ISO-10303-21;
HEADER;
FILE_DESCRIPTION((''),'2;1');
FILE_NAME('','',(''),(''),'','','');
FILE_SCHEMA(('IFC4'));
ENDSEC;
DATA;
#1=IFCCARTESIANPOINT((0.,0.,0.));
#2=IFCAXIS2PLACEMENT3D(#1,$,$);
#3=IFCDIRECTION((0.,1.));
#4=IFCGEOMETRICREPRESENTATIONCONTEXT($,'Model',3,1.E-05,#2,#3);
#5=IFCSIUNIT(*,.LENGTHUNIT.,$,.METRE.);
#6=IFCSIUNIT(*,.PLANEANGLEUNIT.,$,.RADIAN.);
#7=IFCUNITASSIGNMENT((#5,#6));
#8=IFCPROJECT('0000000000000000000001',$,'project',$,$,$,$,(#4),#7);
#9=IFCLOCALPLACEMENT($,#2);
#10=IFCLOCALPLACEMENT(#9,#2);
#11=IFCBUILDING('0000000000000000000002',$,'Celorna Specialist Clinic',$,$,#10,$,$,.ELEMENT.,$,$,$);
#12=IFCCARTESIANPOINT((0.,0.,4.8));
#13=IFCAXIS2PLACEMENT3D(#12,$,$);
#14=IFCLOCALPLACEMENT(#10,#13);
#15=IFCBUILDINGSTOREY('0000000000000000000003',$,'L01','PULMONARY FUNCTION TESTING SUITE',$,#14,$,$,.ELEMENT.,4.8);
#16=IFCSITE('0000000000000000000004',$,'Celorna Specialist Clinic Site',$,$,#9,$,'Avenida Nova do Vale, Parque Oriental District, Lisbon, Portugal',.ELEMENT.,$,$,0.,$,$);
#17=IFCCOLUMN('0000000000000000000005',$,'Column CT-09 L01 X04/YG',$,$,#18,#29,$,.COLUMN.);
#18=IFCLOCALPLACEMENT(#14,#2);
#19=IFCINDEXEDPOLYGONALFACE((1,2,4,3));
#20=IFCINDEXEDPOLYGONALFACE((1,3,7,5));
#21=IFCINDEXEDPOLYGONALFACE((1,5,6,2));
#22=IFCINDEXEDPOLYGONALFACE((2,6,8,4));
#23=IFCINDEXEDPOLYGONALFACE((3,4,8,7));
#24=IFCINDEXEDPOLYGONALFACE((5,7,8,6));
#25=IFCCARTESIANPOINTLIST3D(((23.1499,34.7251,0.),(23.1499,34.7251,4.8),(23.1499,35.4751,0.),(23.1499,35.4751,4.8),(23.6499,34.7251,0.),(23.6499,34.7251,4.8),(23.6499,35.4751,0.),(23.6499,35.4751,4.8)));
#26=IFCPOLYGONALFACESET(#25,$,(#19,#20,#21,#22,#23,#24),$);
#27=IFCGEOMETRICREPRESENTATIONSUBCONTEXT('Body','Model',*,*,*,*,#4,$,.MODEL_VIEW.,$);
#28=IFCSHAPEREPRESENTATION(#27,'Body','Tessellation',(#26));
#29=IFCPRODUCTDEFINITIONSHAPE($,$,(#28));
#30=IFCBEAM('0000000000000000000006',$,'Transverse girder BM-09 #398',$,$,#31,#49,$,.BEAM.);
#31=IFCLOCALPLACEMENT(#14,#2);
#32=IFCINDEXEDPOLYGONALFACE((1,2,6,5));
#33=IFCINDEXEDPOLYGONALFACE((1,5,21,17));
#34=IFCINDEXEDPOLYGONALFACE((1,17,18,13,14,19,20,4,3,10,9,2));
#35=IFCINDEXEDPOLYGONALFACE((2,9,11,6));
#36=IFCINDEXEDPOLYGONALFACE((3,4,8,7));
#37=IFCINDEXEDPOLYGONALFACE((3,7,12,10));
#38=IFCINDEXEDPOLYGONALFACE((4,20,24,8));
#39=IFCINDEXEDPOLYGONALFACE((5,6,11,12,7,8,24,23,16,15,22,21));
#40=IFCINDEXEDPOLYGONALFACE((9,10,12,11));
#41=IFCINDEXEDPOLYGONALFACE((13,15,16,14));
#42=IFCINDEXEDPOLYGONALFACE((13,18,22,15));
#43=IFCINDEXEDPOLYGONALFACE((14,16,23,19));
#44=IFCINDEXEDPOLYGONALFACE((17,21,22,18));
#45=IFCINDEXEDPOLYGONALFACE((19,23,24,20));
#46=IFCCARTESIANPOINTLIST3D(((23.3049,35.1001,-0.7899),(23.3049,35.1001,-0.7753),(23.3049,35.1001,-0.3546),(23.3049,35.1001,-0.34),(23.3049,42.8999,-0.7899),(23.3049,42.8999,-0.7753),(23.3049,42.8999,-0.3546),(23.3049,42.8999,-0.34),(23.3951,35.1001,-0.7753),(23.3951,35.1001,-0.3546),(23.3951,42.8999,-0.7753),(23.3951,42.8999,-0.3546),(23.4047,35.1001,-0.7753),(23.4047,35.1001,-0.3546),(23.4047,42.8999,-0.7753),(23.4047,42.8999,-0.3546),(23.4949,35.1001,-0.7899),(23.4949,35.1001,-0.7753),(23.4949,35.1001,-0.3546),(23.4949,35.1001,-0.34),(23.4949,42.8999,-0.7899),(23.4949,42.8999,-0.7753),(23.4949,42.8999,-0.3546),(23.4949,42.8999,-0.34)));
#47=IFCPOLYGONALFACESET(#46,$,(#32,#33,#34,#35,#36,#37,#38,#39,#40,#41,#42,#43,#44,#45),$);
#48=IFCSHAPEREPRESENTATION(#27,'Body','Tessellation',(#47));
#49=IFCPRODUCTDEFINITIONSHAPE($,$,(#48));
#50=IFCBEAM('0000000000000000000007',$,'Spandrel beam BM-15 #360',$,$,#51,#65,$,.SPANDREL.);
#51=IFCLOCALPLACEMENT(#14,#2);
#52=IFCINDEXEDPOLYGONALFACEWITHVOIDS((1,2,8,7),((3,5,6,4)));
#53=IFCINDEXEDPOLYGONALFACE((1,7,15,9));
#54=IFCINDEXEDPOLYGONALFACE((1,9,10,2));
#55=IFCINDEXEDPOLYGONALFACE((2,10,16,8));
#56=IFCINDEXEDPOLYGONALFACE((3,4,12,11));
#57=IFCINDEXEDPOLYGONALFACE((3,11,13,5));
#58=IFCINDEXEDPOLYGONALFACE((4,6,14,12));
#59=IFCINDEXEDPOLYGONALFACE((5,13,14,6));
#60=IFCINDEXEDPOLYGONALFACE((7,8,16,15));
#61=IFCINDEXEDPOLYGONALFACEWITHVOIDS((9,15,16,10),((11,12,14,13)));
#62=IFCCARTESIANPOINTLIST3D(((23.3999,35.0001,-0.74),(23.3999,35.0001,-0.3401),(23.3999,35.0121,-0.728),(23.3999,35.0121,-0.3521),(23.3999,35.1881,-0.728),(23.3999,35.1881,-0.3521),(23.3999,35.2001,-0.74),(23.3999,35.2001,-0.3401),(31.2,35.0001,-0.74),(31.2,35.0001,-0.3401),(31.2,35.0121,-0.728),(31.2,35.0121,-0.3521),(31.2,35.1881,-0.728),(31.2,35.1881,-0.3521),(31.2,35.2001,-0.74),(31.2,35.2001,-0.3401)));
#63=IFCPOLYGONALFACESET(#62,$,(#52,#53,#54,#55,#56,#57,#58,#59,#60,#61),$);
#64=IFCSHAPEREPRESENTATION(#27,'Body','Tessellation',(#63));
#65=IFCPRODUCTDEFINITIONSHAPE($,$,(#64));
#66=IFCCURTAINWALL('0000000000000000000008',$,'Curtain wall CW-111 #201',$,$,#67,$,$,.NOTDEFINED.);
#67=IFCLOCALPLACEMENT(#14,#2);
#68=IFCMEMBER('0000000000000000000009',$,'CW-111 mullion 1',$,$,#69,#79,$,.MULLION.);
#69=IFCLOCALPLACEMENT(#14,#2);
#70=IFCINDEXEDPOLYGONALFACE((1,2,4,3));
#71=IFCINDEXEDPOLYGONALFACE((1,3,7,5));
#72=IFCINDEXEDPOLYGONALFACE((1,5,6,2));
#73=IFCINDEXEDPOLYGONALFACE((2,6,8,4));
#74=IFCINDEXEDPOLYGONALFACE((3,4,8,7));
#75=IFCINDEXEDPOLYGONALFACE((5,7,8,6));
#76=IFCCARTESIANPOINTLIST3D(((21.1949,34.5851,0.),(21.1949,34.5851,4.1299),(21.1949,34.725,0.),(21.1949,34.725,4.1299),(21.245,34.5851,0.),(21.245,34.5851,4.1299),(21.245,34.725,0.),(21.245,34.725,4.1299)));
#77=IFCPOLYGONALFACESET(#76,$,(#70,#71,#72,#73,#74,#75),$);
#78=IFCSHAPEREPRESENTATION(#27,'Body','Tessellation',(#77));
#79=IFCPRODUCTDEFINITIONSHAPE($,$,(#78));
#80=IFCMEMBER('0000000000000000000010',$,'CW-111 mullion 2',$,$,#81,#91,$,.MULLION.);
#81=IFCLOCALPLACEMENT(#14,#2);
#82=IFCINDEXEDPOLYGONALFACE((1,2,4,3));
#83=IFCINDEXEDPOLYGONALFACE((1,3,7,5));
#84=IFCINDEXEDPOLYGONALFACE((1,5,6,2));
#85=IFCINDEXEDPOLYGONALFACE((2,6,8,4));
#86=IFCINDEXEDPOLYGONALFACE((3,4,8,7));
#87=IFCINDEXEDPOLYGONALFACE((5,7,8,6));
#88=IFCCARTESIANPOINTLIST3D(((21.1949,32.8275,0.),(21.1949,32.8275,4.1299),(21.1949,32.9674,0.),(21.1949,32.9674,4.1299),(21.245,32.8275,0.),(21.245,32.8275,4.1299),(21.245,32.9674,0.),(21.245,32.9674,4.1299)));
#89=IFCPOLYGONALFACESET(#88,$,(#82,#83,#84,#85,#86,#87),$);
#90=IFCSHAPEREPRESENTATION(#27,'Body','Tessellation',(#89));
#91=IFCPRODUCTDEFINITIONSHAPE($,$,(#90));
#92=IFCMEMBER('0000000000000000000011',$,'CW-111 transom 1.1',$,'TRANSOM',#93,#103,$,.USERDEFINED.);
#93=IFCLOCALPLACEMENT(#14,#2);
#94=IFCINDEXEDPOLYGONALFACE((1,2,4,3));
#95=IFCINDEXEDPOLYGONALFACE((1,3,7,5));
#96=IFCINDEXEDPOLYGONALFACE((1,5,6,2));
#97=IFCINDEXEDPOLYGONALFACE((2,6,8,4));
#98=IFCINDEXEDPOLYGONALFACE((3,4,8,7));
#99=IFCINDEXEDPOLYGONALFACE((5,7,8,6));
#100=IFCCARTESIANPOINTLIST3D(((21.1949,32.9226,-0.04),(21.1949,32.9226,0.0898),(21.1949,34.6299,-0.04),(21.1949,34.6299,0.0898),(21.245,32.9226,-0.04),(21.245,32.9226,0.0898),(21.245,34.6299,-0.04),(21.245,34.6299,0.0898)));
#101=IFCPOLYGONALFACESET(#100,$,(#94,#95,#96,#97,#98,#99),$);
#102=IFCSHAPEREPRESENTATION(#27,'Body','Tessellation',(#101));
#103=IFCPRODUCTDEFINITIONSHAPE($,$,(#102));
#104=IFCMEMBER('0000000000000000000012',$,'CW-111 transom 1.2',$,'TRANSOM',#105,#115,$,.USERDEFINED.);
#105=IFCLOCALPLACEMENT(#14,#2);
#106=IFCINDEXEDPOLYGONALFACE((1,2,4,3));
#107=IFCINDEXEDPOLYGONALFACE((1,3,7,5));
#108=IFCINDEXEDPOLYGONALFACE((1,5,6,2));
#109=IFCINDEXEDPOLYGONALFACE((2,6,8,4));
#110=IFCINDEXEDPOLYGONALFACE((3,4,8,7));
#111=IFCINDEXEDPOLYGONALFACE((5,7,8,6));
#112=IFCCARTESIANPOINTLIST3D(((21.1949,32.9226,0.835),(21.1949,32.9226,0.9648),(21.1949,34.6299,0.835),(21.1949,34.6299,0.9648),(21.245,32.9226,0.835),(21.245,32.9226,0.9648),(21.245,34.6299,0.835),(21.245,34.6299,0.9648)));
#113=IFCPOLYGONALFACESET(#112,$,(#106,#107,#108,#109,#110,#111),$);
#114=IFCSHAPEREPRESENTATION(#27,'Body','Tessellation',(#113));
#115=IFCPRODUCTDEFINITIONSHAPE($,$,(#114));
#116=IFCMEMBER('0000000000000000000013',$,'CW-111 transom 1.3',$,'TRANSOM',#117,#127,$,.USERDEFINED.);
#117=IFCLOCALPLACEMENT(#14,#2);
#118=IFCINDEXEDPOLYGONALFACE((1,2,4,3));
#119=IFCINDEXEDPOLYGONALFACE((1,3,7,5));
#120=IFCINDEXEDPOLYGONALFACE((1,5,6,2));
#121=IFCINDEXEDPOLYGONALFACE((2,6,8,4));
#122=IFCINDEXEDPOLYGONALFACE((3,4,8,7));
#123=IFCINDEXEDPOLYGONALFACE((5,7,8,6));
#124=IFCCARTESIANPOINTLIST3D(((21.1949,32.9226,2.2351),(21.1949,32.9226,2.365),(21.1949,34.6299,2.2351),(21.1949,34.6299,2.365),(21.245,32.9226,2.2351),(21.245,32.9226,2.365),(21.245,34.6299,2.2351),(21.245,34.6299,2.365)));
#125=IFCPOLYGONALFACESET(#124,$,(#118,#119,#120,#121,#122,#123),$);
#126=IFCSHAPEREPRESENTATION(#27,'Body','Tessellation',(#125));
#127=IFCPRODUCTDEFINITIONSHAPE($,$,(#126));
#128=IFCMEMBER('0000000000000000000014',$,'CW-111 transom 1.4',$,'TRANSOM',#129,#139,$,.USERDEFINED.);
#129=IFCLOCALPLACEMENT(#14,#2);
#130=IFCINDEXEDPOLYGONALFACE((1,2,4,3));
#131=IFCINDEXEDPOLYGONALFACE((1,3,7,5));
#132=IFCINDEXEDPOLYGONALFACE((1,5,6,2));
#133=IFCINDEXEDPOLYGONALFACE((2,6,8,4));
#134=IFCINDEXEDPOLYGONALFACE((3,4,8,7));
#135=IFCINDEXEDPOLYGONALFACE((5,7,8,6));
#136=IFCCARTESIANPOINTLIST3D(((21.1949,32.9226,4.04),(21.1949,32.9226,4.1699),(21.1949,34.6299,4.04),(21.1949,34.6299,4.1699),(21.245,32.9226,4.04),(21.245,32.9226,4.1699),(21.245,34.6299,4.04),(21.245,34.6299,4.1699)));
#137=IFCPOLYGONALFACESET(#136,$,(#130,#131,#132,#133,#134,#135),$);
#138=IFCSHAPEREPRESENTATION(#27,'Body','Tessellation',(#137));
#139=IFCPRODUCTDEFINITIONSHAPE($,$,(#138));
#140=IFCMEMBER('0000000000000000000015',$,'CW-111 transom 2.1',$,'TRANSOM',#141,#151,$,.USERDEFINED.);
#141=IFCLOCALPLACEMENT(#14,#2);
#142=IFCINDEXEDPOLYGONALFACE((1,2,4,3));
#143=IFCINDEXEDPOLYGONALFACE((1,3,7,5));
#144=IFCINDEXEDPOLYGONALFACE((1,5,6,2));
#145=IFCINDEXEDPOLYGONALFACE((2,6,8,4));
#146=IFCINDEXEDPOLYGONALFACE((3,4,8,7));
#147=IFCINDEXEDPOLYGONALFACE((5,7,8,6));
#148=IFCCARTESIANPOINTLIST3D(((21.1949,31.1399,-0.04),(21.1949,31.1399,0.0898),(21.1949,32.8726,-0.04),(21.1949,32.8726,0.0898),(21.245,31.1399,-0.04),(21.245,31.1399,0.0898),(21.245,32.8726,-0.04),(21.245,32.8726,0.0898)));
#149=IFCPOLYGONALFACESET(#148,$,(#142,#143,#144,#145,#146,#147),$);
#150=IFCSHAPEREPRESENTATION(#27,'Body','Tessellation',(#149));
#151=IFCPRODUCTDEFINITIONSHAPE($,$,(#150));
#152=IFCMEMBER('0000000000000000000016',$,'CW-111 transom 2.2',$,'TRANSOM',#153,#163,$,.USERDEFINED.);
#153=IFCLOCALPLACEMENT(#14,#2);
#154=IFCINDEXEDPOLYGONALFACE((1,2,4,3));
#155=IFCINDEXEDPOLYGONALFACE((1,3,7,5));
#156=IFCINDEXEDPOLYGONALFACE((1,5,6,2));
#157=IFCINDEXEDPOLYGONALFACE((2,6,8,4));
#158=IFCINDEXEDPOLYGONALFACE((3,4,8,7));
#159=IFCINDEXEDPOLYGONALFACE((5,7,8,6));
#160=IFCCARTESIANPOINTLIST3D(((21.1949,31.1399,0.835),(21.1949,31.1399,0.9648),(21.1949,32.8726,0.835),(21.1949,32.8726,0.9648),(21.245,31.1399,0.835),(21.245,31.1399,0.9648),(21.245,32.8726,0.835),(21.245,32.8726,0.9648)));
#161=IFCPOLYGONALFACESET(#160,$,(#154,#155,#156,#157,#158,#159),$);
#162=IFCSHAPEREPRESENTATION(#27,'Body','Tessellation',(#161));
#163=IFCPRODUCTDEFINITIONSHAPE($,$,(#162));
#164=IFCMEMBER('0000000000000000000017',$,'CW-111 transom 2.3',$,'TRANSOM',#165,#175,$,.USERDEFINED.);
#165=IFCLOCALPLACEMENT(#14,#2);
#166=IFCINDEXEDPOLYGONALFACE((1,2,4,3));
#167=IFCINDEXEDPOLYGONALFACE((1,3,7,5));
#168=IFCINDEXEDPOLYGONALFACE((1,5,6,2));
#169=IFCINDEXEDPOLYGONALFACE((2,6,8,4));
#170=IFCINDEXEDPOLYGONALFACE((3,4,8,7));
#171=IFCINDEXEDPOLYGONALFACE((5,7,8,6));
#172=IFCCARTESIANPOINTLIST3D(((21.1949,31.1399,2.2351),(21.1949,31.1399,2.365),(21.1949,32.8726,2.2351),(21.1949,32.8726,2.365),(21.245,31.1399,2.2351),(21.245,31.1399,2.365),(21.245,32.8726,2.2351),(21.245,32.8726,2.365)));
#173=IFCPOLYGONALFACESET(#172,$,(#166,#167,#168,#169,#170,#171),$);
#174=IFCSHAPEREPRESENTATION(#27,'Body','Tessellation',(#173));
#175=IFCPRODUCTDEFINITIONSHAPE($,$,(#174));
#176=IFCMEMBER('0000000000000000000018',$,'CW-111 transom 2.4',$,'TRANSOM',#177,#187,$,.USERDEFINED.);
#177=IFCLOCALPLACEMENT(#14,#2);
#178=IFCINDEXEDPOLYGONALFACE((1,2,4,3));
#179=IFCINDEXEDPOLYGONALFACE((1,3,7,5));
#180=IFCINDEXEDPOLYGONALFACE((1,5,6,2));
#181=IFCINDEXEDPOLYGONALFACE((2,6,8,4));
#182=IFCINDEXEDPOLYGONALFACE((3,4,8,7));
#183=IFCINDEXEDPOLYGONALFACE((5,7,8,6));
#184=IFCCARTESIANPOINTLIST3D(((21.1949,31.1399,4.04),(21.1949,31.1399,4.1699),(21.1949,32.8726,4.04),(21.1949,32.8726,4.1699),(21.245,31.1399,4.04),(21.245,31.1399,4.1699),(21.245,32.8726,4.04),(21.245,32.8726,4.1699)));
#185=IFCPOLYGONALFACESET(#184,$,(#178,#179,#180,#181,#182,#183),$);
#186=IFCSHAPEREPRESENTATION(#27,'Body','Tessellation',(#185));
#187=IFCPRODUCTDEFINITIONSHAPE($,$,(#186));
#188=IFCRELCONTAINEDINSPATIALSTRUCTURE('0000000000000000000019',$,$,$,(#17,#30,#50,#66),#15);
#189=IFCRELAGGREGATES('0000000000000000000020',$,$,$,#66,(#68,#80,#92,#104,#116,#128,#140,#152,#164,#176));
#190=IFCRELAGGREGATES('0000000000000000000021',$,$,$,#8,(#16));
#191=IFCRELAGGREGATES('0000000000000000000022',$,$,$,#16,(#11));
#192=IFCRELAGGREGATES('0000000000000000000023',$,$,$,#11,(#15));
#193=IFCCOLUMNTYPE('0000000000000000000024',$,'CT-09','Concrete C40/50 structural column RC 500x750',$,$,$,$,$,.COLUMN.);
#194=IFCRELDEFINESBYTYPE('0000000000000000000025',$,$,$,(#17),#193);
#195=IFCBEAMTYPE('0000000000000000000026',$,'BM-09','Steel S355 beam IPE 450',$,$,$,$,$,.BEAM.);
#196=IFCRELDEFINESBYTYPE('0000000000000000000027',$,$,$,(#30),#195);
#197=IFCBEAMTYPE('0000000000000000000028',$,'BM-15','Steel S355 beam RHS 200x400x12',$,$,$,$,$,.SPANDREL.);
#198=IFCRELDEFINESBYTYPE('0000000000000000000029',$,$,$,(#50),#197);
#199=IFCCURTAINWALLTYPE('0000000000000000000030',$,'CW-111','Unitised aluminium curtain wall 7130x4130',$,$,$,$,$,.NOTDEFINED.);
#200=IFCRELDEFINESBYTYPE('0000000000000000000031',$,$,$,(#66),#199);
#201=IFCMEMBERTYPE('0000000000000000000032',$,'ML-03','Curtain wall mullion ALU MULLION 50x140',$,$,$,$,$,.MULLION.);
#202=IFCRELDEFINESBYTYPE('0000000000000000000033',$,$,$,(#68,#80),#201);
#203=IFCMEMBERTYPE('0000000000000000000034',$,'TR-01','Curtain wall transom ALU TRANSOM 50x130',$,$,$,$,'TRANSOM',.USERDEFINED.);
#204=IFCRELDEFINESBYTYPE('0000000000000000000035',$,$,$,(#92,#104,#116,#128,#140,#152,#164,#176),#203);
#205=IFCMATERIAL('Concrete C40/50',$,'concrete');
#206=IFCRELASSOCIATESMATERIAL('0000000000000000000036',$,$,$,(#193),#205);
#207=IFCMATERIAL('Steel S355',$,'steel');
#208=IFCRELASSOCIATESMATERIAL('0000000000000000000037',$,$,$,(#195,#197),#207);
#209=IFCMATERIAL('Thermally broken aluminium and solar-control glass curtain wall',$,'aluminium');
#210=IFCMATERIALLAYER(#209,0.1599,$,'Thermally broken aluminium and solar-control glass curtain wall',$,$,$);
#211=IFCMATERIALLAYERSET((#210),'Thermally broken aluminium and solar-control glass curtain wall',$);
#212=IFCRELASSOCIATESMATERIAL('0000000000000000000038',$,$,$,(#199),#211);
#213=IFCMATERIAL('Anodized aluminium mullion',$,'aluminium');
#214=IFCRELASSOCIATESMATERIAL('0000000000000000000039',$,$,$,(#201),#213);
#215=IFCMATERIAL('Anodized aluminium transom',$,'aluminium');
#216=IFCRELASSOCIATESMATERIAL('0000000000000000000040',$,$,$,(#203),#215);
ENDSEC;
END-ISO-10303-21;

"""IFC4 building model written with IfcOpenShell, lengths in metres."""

from ifc_helpers import new_model, si_unit, direction, frame, origin, origin_2d, place, context, subcontext, project, spatial, rectangle, hollow_rectangle, i_section, extrude, material, layer, layer_set, material_profile, profile_set, type_object, element, aggregate, save


model = new_model("IFC4")

# Units and contexts
model_context = context("Model", 3, precision=1e-05, world=origin(), true_north=direction((0.0, 1.0)))
body_context = subcontext(model_context, "Body", "Model", "MODEL_VIEW")
ifc_project = project(units=[si_unit("LENGTHUNIT", "METRE"), si_unit("PLANEANGLEUNIT", "RADIAN")], contexts=[model_context])

# Site, building, storey
site_placement = place(None, origin())
site = spatial("IfcSite", under=ifc_project, at=site_placement, Name="Celorna Specialist Clinic Site", LongName="Avenida Nova do Vale, Parque Oriental District, Lisbon, Portugal", CompositionType="ELEMENT", RefElevation=0.0)
building_placement = place(site_placement, origin())
building = spatial("IfcBuilding", under=site, at=building_placement, Name="Celorna Specialist Clinic", CompositionType="ELEMENT")
storey_placement = place(building_placement, frame((0.0, 0.0, 4.8)))
storey = spatial("IfcBuildingStorey", under=building, at=storey_placement, Name="L01", Description="PULMONARY FUNCTION TESTING SUITE", CompositionType="ELEMENT", Elevation=4.8)

# Column
ifc_material_1 = material(Name="Concrete C40/50", Category="concrete")
ifc_material_profile_1 = material_profile(ifc_material_1, rectangle(XDim=0.5, YDim=0.75, at=origin_2d()), Name="RC 500x750")
ifc_profile_set_1 = profile_set([ifc_material_profile_1], Name="Concrete C40/50")
column_type = type_object("IfcColumnType", Name="CT-09", Description="Concrete C40/50 structural column RC 500x750", PredefinedType="COLUMN", material=ifc_profile_set_1)
column_placement = place(storey_placement, frame((23.3999, 35.1001, 0.0), z_axis=(0.0, 0.0, 1.0), x_axis=(1.0, 0.0, 0.0)))
element("IfcColumn", 1, at=column_placement, inside=storey, type_object=column_type, Name="Column CT-09 L01 X04/YG", PredefinedType="COLUMN", context=body_context, shape_type="SweptSolid", body=[
    extrude(rectangle(XDim=0.5, YDim=0.75, at=origin_2d()), origin(), (0.0, 0.0, 1.0), 4.8),
])

# Beams
ifc_material_2 = material(Name="Steel S355", Category="steel")
ifc_material_profile_2 = material_profile(ifc_material_2, i_section(OverallWidth=0.1899, OverallDepth=0.45, WebThickness=0.0095, FlangeThickness=0.0146, at=origin_2d()), Name="IPE 450")
ifc_profile_set_2 = profile_set([ifc_material_profile_2], Name="Steel S355")
beam_type_1 = type_object("IfcBeamType", Name="BM-09", Description="Steel S355 beam IPE 450", PredefinedType="BEAM", material=ifc_profile_set_2)
beam_1_placement = place(storey_placement, frame((23.3999, 35.1001, -0.5649), z_axis=(0.0, 1.0, 0.0), x_axis=(-1.0, 0.0, 0.0)))
element("IfcBeam", 2, at=beam_1_placement, inside=storey, type_object=beam_type_1, Name="Transverse girder BM-09 #398", PredefinedType="BEAM", context=body_context, shape_type="SweptSolid", body=[
    extrude(i_section(OverallWidth=0.1899, OverallDepth=0.45, WebThickness=0.0095, FlangeThickness=0.0146, at=origin_2d()), origin(), (0.0, 0.0, 1.0), 7.7998),
])
ifc_material_profile_3 = material_profile(ifc_material_2, hollow_rectangle(XDim=0.2, YDim=0.3999, WallThickness=0.012, at=origin_2d()), Name="RHS 200x400x12")
ifc_profile_set_3 = profile_set([ifc_material_profile_3], Name="Steel S355")
beam_type_2 = type_object("IfcBeamType", Name="BM-15", Description="Steel S355 beam RHS 200x400x12", PredefinedType="SPANDREL", material=ifc_profile_set_3)
beam_2_placement = place(storey_placement, frame((23.3999, 35.1001, -0.54), z_axis=(1.0, 0.0, 0.0), x_axis=(0.0, 1.0, 0.0)))
element("IfcBeam", 3, at=beam_2_placement, inside=storey, type_object=beam_type_2, Name="Spandrel beam BM-15 #360", PredefinedType="SPANDREL", context=body_context, shape_type="SweptSolid", body=[
    extrude(hollow_rectangle(XDim=0.2, YDim=0.3999, WallThickness=0.012, at=origin_2d()), origin(), (0.0, 0.0, 1.0), 7.8),
])

# Curtain wall, members
ifc_material_3 = material(Name="Thermally broken aluminium and solar-control glass curtain wall", Category="aluminium")
ifc_layer_1 = layer(ifc_material_3, 0.1599, Name="Thermally broken aluminium and solar-control glass curtain wall")
ifc_layer_set_1 = layer_set([ifc_layer_1], Name="Thermally broken aluminium and solar-control glass curtain wall")
curtain_wall_type = type_object("IfcCurtainWallType", Name="CW-111", Description="Unitised aluminium curtain wall 7130x4130", PredefinedType="NOTDEFINED", material=ifc_layer_set_1)
curtain_wall_placement = place(storey_placement, origin())
curtain_wall = element("IfcCurtainWall", 4, at=curtain_wall_placement, inside=storey, type_object=curtain_wall_type, Name="Curtain wall CW-111 #201", PredefinedType="NOTDEFINED")
ifc_material_4 = material(Name="Anodized aluminium mullion", Category="aluminium")
ifc_material_profile_4 = material_profile(ifc_material_4, rectangle(XDim=0.05, YDim=0.1399, at=origin_2d()), Name="ALU MULLION 50x140")
ifc_profile_set_4 = profile_set([ifc_material_profile_4], Name="Anodized aluminium mullion")
member_type_1 = type_object("IfcMemberType", Name="ML-03", Description="Curtain wall mullion ALU MULLION 50x140", PredefinedType="MULLION", material=ifc_profile_set_4)
member_1_placement = place(storey_placement, frame((21.22, 34.655, 0.0), z_axis=(0.0, 0.0, 1.0), x_axis=(1.0, 0.0, 0.0)))
member_1 = element("IfcMember", 5, at=member_1_placement, type_object=member_type_1, Name="CW-111 mullion 1", PredefinedType="MULLION", context=body_context, shape_type="SweptSolid", body=[
    extrude(rectangle(XDim=0.05, YDim=0.1399, at=origin_2d()), origin(), (0.0, 0.0, 1.0), 4.1299),
])
member_2_placement = place(storey_placement, frame((21.22, 32.8975, 0.0), z_axis=(0.0, 0.0, 1.0), x_axis=(1.0, 0.0, 0.0)))
member_2 = element("IfcMember", 6, at=member_2_placement, type_object=member_type_1, Name="CW-111 mullion 2", PredefinedType="MULLION", context=body_context, shape_type="SweptSolid", body=[
    extrude(rectangle(XDim=0.05, YDim=0.1399, at=origin_2d()), origin(), (0.0, 0.0, 1.0), 4.1299),
])
ifc_material_5 = material(Name="Anodized aluminium transom", Category="aluminium")
ifc_material_profile_5 = material_profile(ifc_material_5, rectangle(XDim=0.05, YDim=0.1299, at=origin_2d()), Name="ALU TRANSOM 50x130")
ifc_profile_set_5 = profile_set([ifc_material_profile_5], Name="Anodized aluminium transom")
member_type_2 = type_object("IfcMemberType", Name="TR-01", Description="Curtain wall transom ALU TRANSOM 50x130", ElementType="TRANSOM", PredefinedType="USERDEFINED", material=ifc_profile_set_5)
member_3_placement = place(storey_placement, frame((21.22, 34.6299, 0.0249), z_axis=(0.0, -1.0, 0.0), x_axis=(1.0, 0.0, 0.0)))
member_3 = element("IfcMember", 7, at=member_3_placement, type_object=member_type_2, Name="CW-111 transom 1.1", ObjectType="TRANSOM", PredefinedType="USERDEFINED", context=body_context, shape_type="SweptSolid", body=[
    extrude(rectangle(XDim=0.05, YDim=0.1299, at=origin_2d()), origin(), (0.0, 0.0, 1.0), 1.7073),
])
member_4_placement = place(storey_placement, frame((21.22, 34.6299, 0.8999), z_axis=(0.0, -1.0, 0.0), x_axis=(1.0, 0.0, 0.0)))
member_4 = element("IfcMember", 8, at=member_4_placement, type_object=member_type_2, Name="CW-111 transom 1.2", ObjectType="TRANSOM", PredefinedType="USERDEFINED", context=body_context, shape_type="SweptSolid", body=[
    extrude(rectangle(XDim=0.05, YDim=0.1299, at=origin_2d()), origin(), (0.0, 0.0, 1.0), 1.7073),
])
member_5_placement = place(storey_placement, frame((21.22, 34.6299, 2.3), z_axis=(0.0, -1.0, 0.0), x_axis=(1.0, 0.0, 0.0)))
member_5 = element("IfcMember", 9, at=member_5_placement, type_object=member_type_2, Name="CW-111 transom 1.3", ObjectType="TRANSOM", PredefinedType="USERDEFINED", context=body_context, shape_type="SweptSolid", body=[
    extrude(rectangle(XDim=0.05, YDim=0.1299, at=origin_2d()), origin(), (0.0, 0.0, 1.0), 1.7073),
])
member_6_placement = place(storey_placement, frame((21.22, 34.6299, 4.105), z_axis=(0.0, -1.0, 0.0), x_axis=(1.0, 0.0, 0.0)))
member_6 = element("IfcMember", 10, at=member_6_placement, type_object=member_type_2, Name="CW-111 transom 1.4", ObjectType="TRANSOM", PredefinedType="USERDEFINED", context=body_context, shape_type="SweptSolid", body=[
    extrude(rectangle(XDim=0.05, YDim=0.1299, at=origin_2d()), origin(), (0.0, 0.0, 1.0), 1.7073),
])
member_7_placement = place(storey_placement, frame((21.22, 32.8726, 0.0249), z_axis=(0.0, -1.0, 0.0), x_axis=(1.0, 0.0, 0.0)))
member_7 = element("IfcMember", 11, at=member_7_placement, type_object=member_type_2, Name="CW-111 transom 2.1", ObjectType="TRANSOM", PredefinedType="USERDEFINED", context=body_context, shape_type="SweptSolid", body=[
    extrude(rectangle(XDim=0.05, YDim=0.1299, at=origin_2d()), origin(), (0.0, 0.0, 1.0), 1.7327),
])
member_8_placement = place(storey_placement, frame((21.22, 32.8726, 0.8999), z_axis=(0.0, -1.0, 0.0), x_axis=(1.0, 0.0, 0.0)))
member_8 = element("IfcMember", 12, at=member_8_placement, type_object=member_type_2, Name="CW-111 transom 2.2", ObjectType="TRANSOM", PredefinedType="USERDEFINED", context=body_context, shape_type="SweptSolid", body=[
    extrude(rectangle(XDim=0.05, YDim=0.1299, at=origin_2d()), origin(), (0.0, 0.0, 1.0), 1.7327),
])
member_9_placement = place(storey_placement, frame((21.22, 32.8726, 2.3), z_axis=(0.0, -1.0, 0.0), x_axis=(1.0, 0.0, 0.0)))
member_9 = element("IfcMember", 13, at=member_9_placement, type_object=member_type_2, Name="CW-111 transom 2.3", ObjectType="TRANSOM", PredefinedType="USERDEFINED", context=body_context, shape_type="SweptSolid", body=[
    extrude(rectangle(XDim=0.05, YDim=0.1299, at=origin_2d()), origin(), (0.0, 0.0, 1.0), 1.7327),
])
member_10_placement = place(storey_placement, frame((21.22, 32.8726, 4.105), z_axis=(0.0, -1.0, 0.0), x_axis=(1.0, 0.0, 0.0)))
member_10 = element("IfcMember", 14, at=member_10_placement, type_object=member_type_2, Name="CW-111 transom 2.4", ObjectType="TRANSOM", PredefinedType="USERDEFINED", context=body_context, shape_type="SweptSolid", body=[
    extrude(rectangle(XDim=0.05, YDim=0.1299, at=origin_2d()), origin(), (0.0, 0.0, 1.0), 1.7327),
])
aggregate(curtain_wall, [member_1, member_2, member_3, member_4, member_5, member_6, member_7, member_8, member_9, member_10])

save(model, "model.ifc")
